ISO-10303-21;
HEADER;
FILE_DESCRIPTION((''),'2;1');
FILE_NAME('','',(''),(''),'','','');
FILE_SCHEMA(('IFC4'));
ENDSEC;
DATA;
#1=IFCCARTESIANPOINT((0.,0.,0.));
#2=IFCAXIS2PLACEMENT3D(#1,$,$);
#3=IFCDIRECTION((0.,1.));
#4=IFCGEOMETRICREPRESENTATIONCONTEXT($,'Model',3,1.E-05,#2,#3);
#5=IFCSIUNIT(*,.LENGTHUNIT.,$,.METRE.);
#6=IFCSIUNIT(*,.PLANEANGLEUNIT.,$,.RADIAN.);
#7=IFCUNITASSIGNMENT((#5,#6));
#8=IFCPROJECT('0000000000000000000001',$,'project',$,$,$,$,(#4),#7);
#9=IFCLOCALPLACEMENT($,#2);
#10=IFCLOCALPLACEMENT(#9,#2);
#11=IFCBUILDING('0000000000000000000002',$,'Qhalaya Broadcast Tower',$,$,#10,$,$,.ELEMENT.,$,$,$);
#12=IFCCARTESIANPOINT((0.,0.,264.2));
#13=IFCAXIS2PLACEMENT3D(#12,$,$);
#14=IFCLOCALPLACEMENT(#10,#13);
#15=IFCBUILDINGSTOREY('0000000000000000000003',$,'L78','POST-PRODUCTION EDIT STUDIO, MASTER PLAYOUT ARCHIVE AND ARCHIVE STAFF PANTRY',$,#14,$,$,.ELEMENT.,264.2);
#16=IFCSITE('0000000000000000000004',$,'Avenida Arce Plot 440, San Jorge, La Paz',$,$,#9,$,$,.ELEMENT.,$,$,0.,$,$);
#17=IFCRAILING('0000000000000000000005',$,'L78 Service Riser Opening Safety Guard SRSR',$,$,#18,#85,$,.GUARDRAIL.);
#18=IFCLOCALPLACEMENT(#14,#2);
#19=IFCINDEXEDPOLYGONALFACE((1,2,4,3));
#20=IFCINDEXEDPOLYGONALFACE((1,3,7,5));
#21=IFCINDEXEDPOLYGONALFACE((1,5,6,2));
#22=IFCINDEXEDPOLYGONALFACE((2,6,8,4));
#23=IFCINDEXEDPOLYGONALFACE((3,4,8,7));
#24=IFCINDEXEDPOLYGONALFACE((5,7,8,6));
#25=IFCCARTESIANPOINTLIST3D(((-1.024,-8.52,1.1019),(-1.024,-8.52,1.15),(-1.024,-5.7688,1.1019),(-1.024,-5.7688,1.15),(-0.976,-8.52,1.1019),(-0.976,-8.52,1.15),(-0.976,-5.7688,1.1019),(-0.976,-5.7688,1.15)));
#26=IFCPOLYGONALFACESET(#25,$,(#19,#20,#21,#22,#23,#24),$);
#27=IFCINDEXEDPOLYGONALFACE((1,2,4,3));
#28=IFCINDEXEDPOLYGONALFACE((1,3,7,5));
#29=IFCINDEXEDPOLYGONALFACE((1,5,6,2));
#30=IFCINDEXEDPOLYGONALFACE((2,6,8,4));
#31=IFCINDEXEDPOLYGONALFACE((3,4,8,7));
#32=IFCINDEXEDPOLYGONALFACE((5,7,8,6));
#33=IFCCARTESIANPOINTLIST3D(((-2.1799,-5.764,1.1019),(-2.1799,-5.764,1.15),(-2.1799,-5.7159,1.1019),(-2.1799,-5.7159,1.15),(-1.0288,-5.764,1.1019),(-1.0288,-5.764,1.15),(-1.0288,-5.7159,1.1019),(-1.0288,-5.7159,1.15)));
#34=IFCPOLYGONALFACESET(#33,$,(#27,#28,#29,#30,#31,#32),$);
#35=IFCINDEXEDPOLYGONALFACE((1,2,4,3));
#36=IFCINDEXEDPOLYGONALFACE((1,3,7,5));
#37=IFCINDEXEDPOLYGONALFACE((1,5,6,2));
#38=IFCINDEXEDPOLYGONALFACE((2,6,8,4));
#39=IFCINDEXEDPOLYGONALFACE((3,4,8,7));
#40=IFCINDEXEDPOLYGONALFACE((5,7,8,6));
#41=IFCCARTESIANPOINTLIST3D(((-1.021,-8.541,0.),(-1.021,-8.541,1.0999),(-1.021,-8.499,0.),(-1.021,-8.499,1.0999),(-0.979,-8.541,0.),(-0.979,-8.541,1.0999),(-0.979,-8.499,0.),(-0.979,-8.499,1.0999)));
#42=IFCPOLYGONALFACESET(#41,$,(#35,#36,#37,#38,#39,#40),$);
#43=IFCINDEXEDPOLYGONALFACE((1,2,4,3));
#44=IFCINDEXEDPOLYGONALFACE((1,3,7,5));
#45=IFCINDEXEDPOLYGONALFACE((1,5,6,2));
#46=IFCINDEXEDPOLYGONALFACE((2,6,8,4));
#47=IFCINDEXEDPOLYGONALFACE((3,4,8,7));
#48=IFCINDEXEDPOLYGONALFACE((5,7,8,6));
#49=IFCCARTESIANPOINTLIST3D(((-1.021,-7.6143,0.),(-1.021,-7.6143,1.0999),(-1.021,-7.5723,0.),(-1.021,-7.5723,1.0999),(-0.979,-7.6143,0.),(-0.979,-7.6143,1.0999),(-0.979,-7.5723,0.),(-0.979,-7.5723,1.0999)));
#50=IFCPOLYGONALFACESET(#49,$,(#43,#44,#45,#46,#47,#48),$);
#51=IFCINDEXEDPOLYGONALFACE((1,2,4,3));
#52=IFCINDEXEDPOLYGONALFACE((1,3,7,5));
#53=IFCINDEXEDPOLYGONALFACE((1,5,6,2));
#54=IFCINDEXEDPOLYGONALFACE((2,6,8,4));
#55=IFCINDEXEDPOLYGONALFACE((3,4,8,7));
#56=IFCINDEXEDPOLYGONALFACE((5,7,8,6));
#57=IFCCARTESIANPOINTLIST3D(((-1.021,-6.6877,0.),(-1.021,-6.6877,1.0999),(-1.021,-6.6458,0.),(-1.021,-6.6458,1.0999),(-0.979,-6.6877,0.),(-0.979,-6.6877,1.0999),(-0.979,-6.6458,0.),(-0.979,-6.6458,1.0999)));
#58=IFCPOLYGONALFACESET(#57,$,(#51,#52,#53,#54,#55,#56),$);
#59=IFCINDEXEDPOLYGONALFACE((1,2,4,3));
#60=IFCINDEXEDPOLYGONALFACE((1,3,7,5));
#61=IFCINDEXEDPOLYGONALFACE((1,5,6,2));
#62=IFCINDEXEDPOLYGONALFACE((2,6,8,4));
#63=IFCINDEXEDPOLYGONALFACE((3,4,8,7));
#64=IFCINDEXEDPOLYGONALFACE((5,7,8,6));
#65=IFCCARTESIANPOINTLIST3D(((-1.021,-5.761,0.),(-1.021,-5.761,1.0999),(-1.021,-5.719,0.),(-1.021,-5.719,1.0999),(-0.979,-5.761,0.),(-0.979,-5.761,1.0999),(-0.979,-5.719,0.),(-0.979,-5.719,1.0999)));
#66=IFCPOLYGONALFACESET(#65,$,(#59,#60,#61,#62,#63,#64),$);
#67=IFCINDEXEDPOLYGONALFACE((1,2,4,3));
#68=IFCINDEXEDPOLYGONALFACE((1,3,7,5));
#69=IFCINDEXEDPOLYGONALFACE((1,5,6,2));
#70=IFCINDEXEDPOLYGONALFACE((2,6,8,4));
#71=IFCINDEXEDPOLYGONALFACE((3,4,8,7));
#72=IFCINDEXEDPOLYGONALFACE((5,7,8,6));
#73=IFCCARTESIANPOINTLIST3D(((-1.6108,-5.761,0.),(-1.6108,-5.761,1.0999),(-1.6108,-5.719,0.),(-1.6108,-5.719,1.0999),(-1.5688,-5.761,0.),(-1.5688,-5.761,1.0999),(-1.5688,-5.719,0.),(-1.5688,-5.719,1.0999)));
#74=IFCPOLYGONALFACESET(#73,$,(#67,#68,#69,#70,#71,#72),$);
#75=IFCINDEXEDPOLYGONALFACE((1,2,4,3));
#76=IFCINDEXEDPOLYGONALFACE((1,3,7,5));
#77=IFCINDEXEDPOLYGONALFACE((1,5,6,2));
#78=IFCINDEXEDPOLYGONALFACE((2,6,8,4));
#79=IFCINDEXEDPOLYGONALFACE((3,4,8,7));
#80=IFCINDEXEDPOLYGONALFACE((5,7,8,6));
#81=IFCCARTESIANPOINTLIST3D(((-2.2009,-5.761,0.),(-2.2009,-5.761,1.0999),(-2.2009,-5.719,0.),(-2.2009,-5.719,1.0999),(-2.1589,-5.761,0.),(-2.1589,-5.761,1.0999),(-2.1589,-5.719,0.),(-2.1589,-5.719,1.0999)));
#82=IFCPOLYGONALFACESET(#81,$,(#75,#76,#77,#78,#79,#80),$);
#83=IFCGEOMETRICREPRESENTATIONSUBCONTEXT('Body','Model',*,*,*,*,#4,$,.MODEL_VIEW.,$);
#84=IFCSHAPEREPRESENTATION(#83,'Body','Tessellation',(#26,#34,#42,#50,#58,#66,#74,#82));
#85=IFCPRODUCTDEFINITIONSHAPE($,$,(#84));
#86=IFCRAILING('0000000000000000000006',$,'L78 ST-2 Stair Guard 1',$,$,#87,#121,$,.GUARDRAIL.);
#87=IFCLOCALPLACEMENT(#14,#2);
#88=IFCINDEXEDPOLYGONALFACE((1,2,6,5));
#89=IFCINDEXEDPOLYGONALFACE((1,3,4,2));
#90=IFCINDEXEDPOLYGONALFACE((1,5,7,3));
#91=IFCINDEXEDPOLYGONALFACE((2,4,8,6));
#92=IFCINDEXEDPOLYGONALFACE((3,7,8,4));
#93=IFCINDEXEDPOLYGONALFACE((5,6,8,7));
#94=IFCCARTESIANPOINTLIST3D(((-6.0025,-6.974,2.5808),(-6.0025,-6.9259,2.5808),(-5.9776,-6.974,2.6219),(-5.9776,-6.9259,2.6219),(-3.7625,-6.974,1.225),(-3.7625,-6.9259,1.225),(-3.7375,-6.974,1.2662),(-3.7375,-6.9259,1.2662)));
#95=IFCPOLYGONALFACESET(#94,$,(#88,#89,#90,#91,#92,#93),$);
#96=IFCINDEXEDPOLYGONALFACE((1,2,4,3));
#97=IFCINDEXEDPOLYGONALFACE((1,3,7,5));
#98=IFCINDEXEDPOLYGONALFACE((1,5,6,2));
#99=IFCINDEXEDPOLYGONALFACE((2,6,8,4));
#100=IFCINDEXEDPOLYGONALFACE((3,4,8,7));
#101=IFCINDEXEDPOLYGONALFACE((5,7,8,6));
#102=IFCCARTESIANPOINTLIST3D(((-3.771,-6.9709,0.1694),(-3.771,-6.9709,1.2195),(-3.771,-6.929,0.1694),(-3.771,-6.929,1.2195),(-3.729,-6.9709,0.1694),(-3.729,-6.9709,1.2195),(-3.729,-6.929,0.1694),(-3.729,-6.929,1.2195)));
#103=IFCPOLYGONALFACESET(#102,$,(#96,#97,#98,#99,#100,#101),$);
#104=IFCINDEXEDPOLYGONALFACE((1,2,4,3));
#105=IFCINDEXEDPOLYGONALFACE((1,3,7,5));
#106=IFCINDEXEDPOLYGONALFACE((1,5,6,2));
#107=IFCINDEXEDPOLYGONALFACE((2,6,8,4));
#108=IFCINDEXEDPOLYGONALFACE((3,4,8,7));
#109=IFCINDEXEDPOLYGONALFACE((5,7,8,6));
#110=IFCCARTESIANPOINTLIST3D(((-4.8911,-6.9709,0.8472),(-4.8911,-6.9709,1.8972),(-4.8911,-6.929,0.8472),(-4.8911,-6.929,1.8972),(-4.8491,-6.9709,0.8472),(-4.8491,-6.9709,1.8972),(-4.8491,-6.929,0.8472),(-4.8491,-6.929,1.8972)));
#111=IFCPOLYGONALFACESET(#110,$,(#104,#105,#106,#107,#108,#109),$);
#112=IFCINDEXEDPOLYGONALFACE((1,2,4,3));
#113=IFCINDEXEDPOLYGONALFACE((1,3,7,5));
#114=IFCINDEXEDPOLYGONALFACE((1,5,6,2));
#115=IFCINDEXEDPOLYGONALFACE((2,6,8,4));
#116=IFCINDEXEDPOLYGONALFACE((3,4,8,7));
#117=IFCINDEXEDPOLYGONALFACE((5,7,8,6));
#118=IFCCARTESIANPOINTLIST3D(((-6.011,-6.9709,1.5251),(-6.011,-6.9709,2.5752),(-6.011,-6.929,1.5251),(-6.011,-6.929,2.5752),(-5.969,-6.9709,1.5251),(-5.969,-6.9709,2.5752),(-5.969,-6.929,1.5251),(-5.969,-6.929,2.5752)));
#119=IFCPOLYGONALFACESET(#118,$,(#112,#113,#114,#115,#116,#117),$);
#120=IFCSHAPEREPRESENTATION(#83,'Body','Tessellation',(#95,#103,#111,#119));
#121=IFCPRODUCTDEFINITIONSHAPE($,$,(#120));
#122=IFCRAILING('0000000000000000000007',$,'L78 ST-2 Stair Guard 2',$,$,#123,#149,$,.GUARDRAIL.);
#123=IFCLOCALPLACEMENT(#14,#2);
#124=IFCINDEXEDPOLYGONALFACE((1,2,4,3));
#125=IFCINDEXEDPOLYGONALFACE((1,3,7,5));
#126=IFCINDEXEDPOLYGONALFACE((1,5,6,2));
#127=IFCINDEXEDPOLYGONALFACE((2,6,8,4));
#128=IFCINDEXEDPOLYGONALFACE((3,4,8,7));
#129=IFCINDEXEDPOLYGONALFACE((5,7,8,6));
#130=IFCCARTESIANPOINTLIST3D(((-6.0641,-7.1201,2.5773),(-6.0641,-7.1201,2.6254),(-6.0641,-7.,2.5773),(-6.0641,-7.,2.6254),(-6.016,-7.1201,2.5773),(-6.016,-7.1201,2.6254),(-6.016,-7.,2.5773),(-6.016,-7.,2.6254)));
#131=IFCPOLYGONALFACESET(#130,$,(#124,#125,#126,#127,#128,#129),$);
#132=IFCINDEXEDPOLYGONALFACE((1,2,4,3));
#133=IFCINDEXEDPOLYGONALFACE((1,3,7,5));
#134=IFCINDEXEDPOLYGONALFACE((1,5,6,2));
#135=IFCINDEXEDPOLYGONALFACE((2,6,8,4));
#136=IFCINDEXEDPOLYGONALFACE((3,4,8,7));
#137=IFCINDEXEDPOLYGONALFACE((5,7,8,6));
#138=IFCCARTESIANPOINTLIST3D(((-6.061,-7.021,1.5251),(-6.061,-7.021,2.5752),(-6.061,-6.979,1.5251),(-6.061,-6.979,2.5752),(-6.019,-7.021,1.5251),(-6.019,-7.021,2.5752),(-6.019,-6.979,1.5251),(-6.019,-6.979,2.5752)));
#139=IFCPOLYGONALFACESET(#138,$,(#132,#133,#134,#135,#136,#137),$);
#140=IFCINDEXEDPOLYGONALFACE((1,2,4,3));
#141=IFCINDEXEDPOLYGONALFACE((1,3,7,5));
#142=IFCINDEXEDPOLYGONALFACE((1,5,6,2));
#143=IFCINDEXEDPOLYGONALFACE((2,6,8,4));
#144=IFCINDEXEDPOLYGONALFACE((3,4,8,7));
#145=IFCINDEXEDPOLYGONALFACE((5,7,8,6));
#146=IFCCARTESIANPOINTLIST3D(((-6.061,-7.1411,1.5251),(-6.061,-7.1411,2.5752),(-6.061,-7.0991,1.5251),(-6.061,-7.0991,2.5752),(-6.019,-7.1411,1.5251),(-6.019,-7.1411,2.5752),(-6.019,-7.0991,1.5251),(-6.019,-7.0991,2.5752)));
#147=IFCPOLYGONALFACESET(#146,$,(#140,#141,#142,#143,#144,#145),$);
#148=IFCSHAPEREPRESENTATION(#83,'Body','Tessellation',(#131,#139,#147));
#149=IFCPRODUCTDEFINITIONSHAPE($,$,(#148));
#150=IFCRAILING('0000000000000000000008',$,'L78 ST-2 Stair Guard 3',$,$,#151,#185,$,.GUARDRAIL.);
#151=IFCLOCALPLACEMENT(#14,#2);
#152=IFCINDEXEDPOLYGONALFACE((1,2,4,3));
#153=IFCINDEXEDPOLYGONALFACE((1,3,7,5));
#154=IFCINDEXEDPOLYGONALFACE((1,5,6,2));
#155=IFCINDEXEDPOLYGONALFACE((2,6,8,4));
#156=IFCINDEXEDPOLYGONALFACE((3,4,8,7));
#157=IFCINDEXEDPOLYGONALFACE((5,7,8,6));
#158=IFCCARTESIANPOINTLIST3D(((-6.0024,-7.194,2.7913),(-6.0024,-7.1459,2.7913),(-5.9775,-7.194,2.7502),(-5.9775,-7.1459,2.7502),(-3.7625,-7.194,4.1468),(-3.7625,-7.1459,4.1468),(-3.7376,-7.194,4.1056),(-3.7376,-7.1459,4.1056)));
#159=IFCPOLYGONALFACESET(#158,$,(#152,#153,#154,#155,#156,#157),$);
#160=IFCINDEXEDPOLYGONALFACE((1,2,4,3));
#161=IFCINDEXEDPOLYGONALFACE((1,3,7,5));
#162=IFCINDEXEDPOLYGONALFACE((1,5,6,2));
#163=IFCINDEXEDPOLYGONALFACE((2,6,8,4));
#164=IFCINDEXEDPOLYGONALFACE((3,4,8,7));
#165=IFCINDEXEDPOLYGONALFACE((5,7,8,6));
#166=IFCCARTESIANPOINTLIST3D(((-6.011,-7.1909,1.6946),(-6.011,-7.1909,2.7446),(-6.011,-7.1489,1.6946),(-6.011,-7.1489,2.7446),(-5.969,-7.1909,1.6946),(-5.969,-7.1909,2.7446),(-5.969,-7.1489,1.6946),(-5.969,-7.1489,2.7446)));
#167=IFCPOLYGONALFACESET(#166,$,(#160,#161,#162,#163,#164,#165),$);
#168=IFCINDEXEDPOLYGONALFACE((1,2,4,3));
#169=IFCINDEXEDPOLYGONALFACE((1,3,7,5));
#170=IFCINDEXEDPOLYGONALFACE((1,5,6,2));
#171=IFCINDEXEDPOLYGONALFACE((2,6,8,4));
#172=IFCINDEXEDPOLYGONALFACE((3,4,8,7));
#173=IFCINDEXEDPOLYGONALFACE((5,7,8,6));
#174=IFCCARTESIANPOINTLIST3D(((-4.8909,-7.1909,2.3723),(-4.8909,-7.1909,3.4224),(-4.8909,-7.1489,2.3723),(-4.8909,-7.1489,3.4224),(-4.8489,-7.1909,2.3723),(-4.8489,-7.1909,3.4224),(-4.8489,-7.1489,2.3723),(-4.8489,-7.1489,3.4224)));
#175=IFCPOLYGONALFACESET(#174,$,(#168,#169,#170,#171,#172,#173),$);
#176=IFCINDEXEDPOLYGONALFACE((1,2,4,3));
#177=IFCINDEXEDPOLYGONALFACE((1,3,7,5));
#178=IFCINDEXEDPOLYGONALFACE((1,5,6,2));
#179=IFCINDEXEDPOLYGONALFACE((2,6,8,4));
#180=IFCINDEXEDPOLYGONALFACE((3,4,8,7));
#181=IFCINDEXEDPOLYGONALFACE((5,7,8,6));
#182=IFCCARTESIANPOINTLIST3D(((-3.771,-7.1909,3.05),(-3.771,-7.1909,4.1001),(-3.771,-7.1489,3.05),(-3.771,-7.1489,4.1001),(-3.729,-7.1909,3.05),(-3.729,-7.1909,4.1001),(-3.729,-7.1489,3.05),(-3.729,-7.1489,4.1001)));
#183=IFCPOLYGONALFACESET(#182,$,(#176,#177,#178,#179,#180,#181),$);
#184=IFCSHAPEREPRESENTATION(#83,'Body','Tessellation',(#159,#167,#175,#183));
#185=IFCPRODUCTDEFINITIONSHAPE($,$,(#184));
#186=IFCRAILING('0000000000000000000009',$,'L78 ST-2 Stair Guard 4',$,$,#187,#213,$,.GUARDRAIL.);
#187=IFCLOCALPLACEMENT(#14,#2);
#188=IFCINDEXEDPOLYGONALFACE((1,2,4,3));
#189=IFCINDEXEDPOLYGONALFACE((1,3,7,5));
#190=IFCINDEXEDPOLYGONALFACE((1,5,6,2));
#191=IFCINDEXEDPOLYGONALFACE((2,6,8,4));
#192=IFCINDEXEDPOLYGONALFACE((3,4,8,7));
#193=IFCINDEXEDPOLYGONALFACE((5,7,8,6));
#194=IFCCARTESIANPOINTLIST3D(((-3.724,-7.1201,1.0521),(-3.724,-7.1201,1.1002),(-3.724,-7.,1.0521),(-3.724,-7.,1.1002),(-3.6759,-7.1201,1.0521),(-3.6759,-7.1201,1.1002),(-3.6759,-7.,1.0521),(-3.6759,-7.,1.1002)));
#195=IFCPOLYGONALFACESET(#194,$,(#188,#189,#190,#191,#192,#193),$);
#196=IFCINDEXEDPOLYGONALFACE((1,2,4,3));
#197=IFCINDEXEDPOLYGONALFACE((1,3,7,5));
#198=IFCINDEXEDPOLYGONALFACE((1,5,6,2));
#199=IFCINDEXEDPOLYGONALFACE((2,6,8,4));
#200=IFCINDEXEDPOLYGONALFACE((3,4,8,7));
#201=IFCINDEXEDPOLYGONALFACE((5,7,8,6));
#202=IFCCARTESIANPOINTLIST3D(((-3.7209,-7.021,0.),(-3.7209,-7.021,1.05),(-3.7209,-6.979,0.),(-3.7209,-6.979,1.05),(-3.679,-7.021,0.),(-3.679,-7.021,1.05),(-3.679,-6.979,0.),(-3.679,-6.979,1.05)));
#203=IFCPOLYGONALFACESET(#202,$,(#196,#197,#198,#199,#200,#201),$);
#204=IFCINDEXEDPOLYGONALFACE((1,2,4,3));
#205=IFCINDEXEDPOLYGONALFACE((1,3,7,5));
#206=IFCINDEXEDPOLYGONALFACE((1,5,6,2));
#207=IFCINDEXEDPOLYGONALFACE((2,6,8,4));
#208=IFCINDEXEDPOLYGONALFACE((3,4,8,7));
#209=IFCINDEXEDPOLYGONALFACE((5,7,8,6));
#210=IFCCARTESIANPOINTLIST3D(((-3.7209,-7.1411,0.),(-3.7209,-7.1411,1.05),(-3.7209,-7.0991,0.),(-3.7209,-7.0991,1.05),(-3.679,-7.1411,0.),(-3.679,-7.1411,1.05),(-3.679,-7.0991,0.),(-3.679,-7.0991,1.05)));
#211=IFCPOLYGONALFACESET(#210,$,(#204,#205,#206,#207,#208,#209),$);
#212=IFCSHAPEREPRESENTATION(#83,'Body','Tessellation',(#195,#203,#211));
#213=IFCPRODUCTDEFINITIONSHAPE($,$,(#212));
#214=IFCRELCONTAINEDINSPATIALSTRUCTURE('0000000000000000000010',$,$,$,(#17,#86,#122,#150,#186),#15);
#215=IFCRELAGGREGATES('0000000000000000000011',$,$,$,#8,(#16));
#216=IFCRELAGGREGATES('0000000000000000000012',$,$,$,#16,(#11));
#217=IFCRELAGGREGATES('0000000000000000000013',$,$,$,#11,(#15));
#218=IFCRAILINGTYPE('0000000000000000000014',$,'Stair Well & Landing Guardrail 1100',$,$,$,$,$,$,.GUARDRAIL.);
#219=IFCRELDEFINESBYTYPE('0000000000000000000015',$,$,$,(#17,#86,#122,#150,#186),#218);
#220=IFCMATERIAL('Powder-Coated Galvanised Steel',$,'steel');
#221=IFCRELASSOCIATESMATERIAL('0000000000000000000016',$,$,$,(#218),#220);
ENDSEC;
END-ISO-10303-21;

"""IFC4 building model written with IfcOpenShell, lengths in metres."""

from ifc_helpers import new_model, si_unit, direction, frame, origin, origin_2d, place, context, subcontext, project, spatial, rectangle, extrude, material, type_object, element, save


model = new_model("IFC4")

# Units and contexts
model_context = context("Model", 3, precision=1e-05, world=origin(), true_north=direction((0.0, 1.0)))
body_context = subcontext(model_context, "Body", "Model", "MODEL_VIEW")
ifc_project = project(units=[si_unit("LENGTHUNIT", "METRE"), si_unit("PLANEANGLEUNIT", "RADIAN")], contexts=[model_context])

# Site, building, storey
site_placement = place(None, origin())
site = spatial("IfcSite", under=ifc_project, at=site_placement, Name="Avenida Arce Plot 440, San Jorge, La Paz", CompositionType="ELEMENT", RefElevation=0.0)
building_placement = place(site_placement, origin())
building = spatial("IfcBuilding", under=site, at=building_placement, Name="Qhalaya Broadcast Tower", CompositionType="ELEMENT")
storey_placement = place(building_placement, frame((0.0, 0.0, 264.2)))
storey = spatial("IfcBuildingStorey", under=building, at=storey_placement, Name="L78", Description="POST-PRODUCTION EDIT STUDIO, MASTER PLAYOUT ARCHIVE AND ARCHIVE STAFF PANTRY", CompositionType="ELEMENT", Elevation=264.2)

# Railings
ifc_material_1 = material(Name="Powder-Coated Galvanised Steel", Category="steel")
railing_type_1 = type_object("IfcRailingType", Name="Stair Well & Landing Guardrail 1100", PredefinedType="GUARDRAIL", material=ifc_material_1)
railing_1_placement = place(storey_placement, frame((-1.0, -8.52, 0.0)))
element("IfcRailing", 1, at=railing_1_placement, inside=storey, type_object=railing_type_1, Name="L78 Service Riser Opening Safety Guard SRSR", PredefinedType="GUARDRAIL", context=body_context, shape_type="SweptSolid", body=[
    extrude(rectangle(XDim=0.0481, YDim=0.0481, at=origin_2d()), frame((0.0, 0.0, 1.126), z_axis=(0.0, 1.0, 0.0), x_axis=(-1.0, 0.0, 0.0)), (0.0, 0.0, 1.0), 2.7512),
    extrude(rectangle(XDim=0.0481, YDim=0.0481, at=origin_2d()), frame((-0.0288, 2.78, 1.126), z_axis=(-1.0, 0.0, 0.0), x_axis=(0.0, -1.0, 0.0)), (0.0, 0.0, 1.0), 1.1511),
    extrude(rectangle(XDim=0.042, YDim=0.042, at=origin_2d()), origin(), (0.0, 0.0, 1.0), 1.0999),
    extrude(rectangle(XDim=0.042, YDim=0.042, at=origin_2d()), frame((0.0, 0.9268, 0.0)), (0.0, 0.0, 1.0), 1.0999),
    extrude(rectangle(XDim=0.042, YDim=0.042, at=origin_2d()), frame((0.0, 1.8533, 0.0)), (0.0, 0.0, 1.0), 1.0999),
    extrude(rectangle(XDim=0.042, YDim=0.042, at=origin_2d()), frame((0.0, 2.78, 0.0)), (0.0, 0.0, 1.0), 1.0999),
    extrude(rectangle(XDim=0.042, YDim=0.042, at=origin_2d()), frame((-0.5898, 2.78, 0.0)), (0.0, 0.0, 1.0), 1.0999),
    extrude(rectangle(XDim=0.042, YDim=0.042, at=origin_2d()), frame((-1.1799, 2.78, 0.0)), (0.0, 0.0, 1.0), 1.0999),
])
railing_2_placement = place(storey_placement, frame((-3.75, -6.95, 0.1694)))
element("IfcRailing", 2, at=railing_2_placement, inside=storey, type_object=railing_type_1, Name="L78 ST-2 Stair Guard 1", PredefinedType="GUARDRAIL", context=body_context, shape_type="SweptSolid", body=[
    extrude(rectangle(XDim=0.0481, YDim=0.0481, at=origin_2d()), frame((0.0, 0.0, 1.0762), z_axis=(-0.855512, 0.0, 0.517783), x_axis=(0.0, -1.0, 0.0)), (0.0, 0.0, 1.0), 2.6184),
    extrude(rectangle(XDim=0.042, YDim=0.042, at=origin_2d()), origin(), (0.0, 0.0, 1.0), 1.05),
    extrude(rectangle(XDim=0.042, YDim=0.042, at=origin_2d()), frame((-1.1201, 0.0, 0.6777)), (0.0, 0.0, 1.0), 1.05),
    extrude(rectangle(XDim=0.042, YDim=0.042, at=origin_2d()), frame((-2.24, 0.0, 1.3557)), (0.0, 0.0, 1.0), 1.05),
])
railing_3_placement = place(storey_placement, frame((-6.04, -7.0, 1.5251)))
element("IfcRailing", 3, at=railing_3_placement, inside=storey, type_object=railing_type_1, Name="L78 ST-2 Stair Guard 2", PredefinedType="GUARDRAIL", context=body_context, shape_type="SweptSolid", body=[
    extrude(rectangle(XDim=0.0481, YDim=0.0481, at=origin_2d()), frame((0.0, 0.0, 1.0762), z_axis=(0.0, -1.0, 0.0), x_axis=(1.0, 0.0, 0.0)), (0.0, 0.0, 1.0), 0.1201),
    extrude(rectangle(XDim=0.042, YDim=0.042, at=origin_2d()), origin(), (0.0, 0.0, 1.0), 1.05),
    extrude(rectangle(XDim=0.042, YDim=0.042, at=origin_2d()), frame((0.0, -0.1201, 0.0)), (0.0, 0.0, 1.0), 1.05),
])
railing_4_placement = place(storey_placement, frame((-5.99, -7.1699, 1.6946)))
element("IfcRailing", 4, at=railing_4_placement, inside=storey, type_object=railing_type_1, Name="L78 ST-2 Stair Guard 3", PredefinedType="GUARDRAIL", context=body_context, shape_type="SweptSolid", body=[
    extrude(rectangle(XDim=0.0481, YDim=0.0481, at=origin_2d()), frame((0.0, 0.0, 1.0762), z_axis=(0.855553, 0.0, 0.517715), x_axis=(0.0, 1.0, 0.0)), (0.0, 0.0, 1.0), 2.6182),
    extrude(rectangle(XDim=0.042, YDim=0.042, at=origin_2d()), origin(), (0.0, 0.0, 1.0), 1.05),
    extrude(rectangle(XDim=0.042, YDim=0.042, at=origin_2d()), frame((1.1201, 0.0, 0.6777)), (0.0, 0.0, 1.0), 1.05),
    extrude(rectangle(XDim=0.042, YDim=0.042, at=origin_2d()), frame((2.24, 0.0, 1.3555)), (0.0, 0.0, 1.0), 1.05),
])
railing_5_placement = place(storey_placement, frame((-3.7, -7.0, 0.0)))
element("IfcRailing", 5, at=railing_5_placement, inside=storey, type_object=railing_type_1, Name="L78 ST-2 Stair Guard 4", PredefinedType="GUARDRAIL", context=body_context, shape_type="SweptSolid", body=[
    extrude(rectangle(XDim=0.0481, YDim=0.0481, at=origin_2d()), frame((0.0, 0.0, 1.0762), z_axis=(0.0, -1.0, 0.0), x_axis=(1.0, 0.0, 0.0)), (0.0, 0.0, 1.0), 0.1201),
    extrude(rectangle(XDim=0.042, YDim=0.042, at=origin_2d()), origin(), (0.0, 0.0, 1.0), 1.05),
    extrude(rectangle(XDim=0.042, YDim=0.042, at=origin_2d()), frame((0.0, -0.1201, 0.0)), (0.0, 0.0, 1.0), 1.05),
])

save(model, "model.ifc")
